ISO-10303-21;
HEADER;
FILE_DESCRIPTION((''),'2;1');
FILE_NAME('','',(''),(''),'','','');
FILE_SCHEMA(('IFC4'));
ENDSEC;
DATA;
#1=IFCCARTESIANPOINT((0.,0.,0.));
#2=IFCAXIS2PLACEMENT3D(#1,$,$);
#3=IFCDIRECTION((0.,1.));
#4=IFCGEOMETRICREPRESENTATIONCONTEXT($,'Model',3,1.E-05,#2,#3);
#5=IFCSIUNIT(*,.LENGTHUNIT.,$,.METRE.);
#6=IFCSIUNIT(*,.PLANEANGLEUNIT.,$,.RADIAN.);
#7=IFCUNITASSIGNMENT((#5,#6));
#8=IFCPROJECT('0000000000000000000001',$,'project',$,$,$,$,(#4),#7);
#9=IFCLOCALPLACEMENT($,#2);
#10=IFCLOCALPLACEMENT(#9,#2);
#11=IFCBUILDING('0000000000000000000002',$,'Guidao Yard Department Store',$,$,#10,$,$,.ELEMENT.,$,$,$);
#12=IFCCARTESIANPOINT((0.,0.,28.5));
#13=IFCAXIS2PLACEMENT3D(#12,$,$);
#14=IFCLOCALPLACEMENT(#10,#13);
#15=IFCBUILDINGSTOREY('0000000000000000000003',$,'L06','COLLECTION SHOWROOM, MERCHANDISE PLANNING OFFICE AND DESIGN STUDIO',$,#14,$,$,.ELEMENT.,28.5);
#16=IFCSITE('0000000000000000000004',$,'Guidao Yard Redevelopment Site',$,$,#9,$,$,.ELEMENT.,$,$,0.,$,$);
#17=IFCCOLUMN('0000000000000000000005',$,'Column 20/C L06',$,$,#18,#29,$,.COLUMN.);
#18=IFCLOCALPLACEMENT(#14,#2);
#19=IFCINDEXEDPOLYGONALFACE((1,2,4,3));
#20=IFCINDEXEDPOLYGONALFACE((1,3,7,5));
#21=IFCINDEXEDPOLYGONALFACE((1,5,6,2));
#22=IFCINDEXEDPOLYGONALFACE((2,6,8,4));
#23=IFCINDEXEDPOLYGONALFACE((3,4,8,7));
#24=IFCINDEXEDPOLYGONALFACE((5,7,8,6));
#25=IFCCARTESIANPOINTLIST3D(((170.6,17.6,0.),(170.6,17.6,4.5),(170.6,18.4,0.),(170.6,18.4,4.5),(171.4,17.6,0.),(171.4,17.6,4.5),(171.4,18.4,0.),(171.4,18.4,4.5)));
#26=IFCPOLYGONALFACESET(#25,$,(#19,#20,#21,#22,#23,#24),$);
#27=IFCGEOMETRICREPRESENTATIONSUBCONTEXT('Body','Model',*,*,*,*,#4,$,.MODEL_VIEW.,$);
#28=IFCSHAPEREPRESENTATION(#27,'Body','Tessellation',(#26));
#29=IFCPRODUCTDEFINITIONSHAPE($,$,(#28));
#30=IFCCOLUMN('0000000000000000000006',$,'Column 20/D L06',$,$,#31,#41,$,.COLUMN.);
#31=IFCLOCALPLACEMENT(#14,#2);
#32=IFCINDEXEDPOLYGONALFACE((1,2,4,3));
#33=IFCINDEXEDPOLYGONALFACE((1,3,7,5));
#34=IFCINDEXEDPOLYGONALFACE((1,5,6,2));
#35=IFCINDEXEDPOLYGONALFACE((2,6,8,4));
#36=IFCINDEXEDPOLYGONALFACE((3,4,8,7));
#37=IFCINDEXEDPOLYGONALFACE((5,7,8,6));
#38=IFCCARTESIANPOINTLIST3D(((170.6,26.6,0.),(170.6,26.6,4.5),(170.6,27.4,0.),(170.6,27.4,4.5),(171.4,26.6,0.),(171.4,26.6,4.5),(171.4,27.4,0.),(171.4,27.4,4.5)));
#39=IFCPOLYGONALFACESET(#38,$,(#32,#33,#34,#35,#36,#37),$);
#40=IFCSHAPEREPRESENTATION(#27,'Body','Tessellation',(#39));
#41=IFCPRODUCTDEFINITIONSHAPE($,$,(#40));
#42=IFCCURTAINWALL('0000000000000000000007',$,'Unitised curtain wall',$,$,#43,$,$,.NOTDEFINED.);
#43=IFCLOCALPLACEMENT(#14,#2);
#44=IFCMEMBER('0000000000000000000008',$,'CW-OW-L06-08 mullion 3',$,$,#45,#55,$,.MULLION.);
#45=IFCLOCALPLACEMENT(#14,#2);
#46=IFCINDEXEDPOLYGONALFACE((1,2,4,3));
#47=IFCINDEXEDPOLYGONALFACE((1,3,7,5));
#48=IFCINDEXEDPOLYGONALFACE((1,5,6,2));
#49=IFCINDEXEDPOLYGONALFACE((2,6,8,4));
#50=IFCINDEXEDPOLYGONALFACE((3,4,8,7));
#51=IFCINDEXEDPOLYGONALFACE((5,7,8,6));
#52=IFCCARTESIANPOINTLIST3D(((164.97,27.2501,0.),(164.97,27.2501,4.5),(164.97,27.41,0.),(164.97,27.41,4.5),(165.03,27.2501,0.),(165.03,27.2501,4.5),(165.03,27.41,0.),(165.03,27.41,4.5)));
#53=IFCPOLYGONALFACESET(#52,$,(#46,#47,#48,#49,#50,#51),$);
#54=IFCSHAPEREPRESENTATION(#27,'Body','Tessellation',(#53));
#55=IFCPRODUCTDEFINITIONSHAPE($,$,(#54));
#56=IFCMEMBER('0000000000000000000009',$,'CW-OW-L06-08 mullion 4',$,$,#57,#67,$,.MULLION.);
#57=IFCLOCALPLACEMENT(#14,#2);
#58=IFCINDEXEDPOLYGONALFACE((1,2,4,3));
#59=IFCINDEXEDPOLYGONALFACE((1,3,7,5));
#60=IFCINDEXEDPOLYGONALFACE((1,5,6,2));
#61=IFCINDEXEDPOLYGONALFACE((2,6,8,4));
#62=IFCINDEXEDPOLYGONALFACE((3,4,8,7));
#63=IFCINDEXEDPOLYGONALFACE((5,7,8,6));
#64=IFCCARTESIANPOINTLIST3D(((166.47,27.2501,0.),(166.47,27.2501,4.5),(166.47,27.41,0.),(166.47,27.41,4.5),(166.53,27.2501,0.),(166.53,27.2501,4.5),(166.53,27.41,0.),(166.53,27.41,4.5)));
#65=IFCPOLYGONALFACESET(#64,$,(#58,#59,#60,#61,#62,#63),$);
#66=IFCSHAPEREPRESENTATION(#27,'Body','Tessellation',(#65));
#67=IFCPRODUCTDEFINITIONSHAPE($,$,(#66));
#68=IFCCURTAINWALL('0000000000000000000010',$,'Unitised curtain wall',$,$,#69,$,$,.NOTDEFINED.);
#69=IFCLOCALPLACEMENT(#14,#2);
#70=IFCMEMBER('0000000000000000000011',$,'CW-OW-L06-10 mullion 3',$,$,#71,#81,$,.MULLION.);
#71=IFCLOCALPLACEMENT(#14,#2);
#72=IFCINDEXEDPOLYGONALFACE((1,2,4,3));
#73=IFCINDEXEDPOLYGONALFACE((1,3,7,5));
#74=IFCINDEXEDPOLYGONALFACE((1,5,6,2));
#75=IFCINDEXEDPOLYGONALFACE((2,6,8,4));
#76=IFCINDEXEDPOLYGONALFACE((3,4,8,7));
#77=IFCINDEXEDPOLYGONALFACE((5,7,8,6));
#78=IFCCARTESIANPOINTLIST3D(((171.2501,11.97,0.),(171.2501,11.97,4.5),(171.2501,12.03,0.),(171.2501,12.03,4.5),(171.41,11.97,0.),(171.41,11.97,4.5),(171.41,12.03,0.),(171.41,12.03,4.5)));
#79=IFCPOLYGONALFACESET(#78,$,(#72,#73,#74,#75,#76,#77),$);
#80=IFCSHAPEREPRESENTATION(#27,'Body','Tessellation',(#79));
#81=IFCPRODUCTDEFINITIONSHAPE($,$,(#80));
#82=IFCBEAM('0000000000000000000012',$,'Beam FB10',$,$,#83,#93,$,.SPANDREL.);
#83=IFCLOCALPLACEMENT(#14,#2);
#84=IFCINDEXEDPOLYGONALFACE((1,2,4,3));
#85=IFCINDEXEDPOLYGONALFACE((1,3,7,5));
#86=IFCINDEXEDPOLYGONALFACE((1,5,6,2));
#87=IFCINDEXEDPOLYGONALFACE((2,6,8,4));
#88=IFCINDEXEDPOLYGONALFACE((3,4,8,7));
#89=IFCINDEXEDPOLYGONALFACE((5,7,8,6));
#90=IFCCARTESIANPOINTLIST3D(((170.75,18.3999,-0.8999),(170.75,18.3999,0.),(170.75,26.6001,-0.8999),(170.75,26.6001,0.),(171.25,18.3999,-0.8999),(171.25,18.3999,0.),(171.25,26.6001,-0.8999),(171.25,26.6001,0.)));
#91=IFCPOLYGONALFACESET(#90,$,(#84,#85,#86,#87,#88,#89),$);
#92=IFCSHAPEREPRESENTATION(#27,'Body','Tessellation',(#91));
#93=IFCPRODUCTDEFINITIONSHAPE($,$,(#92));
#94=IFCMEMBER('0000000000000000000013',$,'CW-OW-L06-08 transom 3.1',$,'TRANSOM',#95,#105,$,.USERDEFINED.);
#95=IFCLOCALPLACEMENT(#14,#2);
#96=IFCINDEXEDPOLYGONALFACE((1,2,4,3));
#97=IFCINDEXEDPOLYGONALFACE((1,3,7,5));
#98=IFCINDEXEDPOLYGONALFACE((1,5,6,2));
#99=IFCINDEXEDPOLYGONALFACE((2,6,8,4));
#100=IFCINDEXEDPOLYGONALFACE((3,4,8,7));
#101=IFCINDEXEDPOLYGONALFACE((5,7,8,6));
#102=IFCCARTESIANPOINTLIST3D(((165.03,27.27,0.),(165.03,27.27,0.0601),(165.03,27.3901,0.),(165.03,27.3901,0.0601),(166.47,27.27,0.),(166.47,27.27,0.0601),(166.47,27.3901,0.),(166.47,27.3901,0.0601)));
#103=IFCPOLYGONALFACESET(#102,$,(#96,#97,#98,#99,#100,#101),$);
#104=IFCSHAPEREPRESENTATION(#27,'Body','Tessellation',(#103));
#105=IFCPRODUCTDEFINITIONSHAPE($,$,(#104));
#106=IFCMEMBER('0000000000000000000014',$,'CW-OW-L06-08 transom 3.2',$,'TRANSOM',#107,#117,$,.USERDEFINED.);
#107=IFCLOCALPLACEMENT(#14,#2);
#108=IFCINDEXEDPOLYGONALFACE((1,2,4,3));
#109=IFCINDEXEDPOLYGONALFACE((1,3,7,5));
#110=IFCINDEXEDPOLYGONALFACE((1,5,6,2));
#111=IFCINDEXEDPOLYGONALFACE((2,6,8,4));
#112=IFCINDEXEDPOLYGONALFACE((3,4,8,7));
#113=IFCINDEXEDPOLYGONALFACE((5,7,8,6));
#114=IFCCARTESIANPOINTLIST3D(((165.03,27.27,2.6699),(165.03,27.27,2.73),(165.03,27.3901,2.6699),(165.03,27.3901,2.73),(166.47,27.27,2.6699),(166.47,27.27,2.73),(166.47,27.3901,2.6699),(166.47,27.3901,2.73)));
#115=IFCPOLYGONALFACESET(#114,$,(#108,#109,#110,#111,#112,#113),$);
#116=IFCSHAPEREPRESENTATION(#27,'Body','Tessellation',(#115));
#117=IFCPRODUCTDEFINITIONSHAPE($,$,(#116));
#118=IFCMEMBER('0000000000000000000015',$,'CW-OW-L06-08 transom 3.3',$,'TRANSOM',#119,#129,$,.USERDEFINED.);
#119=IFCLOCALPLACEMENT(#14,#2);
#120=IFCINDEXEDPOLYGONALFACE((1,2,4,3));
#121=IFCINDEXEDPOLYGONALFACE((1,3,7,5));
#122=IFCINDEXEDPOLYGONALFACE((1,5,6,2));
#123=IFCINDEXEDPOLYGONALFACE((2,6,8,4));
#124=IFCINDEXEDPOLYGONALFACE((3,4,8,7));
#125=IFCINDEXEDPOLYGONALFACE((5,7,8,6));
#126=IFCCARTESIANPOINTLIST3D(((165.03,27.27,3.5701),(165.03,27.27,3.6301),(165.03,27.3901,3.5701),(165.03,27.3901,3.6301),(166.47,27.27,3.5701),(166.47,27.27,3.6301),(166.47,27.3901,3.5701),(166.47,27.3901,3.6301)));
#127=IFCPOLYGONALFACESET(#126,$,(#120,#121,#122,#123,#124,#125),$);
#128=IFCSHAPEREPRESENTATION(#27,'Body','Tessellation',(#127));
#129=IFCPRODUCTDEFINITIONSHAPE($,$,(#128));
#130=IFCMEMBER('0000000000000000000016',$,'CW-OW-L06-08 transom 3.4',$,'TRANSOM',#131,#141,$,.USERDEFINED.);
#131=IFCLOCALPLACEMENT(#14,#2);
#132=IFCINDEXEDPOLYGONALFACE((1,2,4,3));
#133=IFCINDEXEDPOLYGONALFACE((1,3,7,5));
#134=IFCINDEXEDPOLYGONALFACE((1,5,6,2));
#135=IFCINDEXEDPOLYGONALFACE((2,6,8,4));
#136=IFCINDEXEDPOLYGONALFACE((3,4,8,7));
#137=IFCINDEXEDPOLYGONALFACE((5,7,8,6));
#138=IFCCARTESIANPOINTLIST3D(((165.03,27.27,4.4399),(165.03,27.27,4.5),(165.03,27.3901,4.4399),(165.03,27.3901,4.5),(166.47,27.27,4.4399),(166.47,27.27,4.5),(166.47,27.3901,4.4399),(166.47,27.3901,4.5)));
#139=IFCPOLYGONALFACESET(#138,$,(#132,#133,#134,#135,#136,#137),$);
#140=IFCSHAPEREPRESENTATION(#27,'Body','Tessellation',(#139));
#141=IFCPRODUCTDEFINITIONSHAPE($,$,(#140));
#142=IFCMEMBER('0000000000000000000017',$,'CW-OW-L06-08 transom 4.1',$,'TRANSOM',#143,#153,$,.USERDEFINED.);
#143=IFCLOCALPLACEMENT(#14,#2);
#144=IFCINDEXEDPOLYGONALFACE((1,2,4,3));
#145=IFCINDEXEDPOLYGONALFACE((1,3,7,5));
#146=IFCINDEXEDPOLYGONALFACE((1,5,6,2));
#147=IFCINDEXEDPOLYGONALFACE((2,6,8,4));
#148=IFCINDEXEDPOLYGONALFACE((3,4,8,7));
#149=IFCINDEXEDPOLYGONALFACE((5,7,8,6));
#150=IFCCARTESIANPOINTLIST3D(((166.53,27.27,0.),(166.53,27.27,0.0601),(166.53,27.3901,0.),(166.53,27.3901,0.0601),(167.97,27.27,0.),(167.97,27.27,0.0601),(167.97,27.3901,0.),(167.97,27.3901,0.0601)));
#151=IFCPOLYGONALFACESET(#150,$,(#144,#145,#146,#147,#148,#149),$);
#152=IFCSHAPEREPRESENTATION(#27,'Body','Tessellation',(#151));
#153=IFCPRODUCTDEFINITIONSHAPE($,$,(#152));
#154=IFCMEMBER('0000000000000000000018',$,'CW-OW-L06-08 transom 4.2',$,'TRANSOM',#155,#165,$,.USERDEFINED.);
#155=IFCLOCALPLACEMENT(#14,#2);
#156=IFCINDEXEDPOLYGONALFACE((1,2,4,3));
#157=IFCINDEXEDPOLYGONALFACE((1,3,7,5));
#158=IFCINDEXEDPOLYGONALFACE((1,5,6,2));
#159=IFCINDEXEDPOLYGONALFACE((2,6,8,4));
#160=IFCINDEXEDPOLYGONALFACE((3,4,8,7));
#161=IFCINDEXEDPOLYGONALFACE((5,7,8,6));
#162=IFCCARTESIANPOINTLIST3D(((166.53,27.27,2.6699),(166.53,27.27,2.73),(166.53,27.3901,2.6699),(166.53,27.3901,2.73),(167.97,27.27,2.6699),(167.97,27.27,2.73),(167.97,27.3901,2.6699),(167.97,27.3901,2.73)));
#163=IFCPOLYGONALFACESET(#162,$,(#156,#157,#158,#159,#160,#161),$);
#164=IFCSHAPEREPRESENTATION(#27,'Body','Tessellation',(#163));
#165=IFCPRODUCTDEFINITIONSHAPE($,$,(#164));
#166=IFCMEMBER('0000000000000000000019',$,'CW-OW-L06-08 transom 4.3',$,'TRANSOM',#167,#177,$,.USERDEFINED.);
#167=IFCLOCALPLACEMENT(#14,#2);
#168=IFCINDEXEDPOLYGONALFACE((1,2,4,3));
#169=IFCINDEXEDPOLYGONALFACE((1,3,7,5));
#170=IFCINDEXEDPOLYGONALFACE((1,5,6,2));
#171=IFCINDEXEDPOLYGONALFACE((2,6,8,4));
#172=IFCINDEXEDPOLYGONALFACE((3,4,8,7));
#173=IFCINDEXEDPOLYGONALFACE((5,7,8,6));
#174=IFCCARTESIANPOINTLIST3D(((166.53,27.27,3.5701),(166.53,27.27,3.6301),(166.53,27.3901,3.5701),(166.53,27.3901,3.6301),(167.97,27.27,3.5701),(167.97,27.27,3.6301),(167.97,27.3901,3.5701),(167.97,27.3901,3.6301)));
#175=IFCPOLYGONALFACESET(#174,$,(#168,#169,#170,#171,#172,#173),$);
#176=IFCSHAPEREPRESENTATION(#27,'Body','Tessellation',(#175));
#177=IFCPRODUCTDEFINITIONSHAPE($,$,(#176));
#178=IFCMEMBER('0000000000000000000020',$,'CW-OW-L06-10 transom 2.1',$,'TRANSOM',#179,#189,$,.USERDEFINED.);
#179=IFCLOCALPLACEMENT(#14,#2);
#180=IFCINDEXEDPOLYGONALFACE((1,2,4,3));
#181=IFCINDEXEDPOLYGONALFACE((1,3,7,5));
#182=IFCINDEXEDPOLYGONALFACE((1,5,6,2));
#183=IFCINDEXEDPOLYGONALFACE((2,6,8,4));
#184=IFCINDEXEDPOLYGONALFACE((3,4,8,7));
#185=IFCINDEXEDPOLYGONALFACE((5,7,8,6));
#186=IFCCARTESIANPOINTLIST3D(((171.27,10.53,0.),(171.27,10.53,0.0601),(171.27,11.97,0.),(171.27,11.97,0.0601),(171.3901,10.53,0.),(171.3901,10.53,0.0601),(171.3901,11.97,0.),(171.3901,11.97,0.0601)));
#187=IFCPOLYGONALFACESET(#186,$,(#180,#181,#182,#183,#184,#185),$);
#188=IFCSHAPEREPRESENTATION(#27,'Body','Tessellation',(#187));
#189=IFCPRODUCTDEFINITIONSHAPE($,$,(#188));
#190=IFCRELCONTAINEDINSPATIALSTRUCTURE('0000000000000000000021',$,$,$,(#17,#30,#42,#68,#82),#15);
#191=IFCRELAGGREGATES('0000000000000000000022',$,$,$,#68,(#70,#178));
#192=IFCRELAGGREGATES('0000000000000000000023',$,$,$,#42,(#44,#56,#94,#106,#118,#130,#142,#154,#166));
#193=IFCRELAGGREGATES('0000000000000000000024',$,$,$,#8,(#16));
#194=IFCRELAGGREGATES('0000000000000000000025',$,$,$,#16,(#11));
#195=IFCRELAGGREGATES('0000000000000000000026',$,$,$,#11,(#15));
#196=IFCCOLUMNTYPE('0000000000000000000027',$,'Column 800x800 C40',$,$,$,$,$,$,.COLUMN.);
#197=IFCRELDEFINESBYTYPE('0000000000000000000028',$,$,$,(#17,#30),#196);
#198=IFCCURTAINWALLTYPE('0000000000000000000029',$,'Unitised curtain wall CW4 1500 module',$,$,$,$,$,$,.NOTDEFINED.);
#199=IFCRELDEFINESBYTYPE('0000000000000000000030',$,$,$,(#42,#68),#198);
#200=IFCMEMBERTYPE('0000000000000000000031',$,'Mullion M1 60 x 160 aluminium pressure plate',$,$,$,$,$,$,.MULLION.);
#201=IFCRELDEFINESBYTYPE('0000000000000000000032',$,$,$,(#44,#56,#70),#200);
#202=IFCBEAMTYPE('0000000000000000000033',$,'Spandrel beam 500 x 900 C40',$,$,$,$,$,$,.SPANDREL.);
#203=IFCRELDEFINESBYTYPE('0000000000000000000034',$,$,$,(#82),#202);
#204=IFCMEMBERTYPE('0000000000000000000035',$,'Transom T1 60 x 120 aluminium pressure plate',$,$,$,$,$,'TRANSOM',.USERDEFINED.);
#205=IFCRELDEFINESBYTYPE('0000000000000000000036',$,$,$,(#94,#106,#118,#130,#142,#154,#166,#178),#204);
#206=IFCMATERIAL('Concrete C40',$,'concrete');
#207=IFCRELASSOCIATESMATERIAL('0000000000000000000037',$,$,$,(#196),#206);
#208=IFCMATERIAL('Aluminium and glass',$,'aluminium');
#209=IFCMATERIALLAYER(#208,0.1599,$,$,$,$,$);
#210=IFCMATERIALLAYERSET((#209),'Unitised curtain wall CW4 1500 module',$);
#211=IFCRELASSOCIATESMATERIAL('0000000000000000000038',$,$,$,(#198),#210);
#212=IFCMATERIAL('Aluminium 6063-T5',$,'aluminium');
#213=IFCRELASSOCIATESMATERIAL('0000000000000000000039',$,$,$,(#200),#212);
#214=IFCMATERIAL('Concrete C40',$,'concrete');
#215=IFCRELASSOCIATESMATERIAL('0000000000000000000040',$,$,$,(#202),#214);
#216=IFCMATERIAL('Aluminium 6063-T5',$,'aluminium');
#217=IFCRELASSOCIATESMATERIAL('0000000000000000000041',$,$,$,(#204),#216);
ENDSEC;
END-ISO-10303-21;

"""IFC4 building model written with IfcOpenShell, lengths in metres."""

from ifc_helpers import new_model, si_unit, direction, frame, origin, origin_2d, place, context, subcontext, project, spatial, rectangle, extrude, material, layer, layer_set, material_profile, profile_set, type_object, element, aggregate, save


model = new_model("IFC4")

# Units and contexts
model_context = context("Model", 3, precision=1e-05, world=origin(), true_north=direction((0.0, 1.0)))
body_context = subcontext(model_context, "Body", "Model", "MODEL_VIEW")
ifc_project = project(units=[si_unit("LENGTHUNIT", "METRE"), si_unit("PLANEANGLEUNIT", "RADIAN")], contexts=[model_context])

# Site, building, storey
site_placement = place(None, origin())
site = spatial("IfcSite", under=ifc_project, at=site_placement, Name="Guidao Yard Redevelopment Site", CompositionType="ELEMENT", RefElevation=0.0)
building_placement = place(site_placement, origin())
building = spatial("IfcBuilding", under=site, at=building_placement, Name="Guidao Yard Department Store", CompositionType="ELEMENT")
storey_placement = place(building_placement, frame((0.0, 0.0, 28.5)))
storey = spatial("IfcBuildingStorey", under=building, at=storey_placement, Name="L06", Description="COLLECTION SHOWROOM, MERCHANDISE PLANNING OFFICE AND DESIGN STUDIO", CompositionType="ELEMENT", Elevation=28.5)

# Columns
ifc_material_1 = material(Name="Concrete C40", Category="concrete")
ifc_material_profile_1 = material_profile(ifc_material_1, rectangle(XDim=0.8, YDim=0.8, at=origin_2d()), Name="COL 800x800")
ifc_profile_set_1 = profile_set([ifc_material_profile_1], Name="Concrete C40")
column_type = type_object("IfcColumnType", Name="Column 800x800 C40", PredefinedType="COLUMN", material=ifc_profile_set_1)
for number, where, z_axis, x_axis, name in (
    (1, (171.0, 18.0, 0.0), (0.0, 0.0, 1.0), (1.0, 0.0, 0.0), "Column 20/C L06"),
    (2, (171.0, 27.0, 0.0), (0.0, 0.0, 1.0), (1.0, 0.0, 0.0), "Column 20/D L06"),
):
    element("IfcColumn", number, at=place(storey_placement, frame(where, z_axis=z_axis, x_axis=x_axis)), inside=storey, type_object=column_type, Name=name, PredefinedType="COLUMN", context=body_context, shape_type="SweptSolid", body=[
        extrude(rectangle(XDim=0.8, YDim=0.8, at=origin_2d()), origin(), (0.0, 0.0, 1.0), 4.5),
    ])

# Curtain wall, members
ifc_material_2 = material(Name="Aluminium and glass", Category="aluminium")
ifc_layer_1 = layer(ifc_material_2, 0.1599)
ifc_layer_set_1 = layer_set([ifc_layer_1], Name="Unitised curtain wall CW4 1500 module")
curtain_wall_type = type_object("IfcCurtainWallType", Name="Unitised curtain wall CW4 1500 module", PredefinedType="NOTDEFINED", material=ifc_layer_set_1)
curtain_wall_1_placement = place(storey_placement, origin())
curtain_wall_1 = element("IfcCurtainWall", 3, at=curtain_wall_1_placement, inside=storey, type_object=curtain_wall_type, Name="Unitised curtain wall", PredefinedType="NOTDEFINED")
ifc_material_3 = material(Name="Aluminium 6063-T5", Category="aluminium")
ifc_material_profile_2 = material_profile(ifc_material_3, rectangle(XDim=0.0601, YDim=0.1599, at=origin_2d()), Name="Mullion M1 60 x 160 aluminium pressure plate")
ifc_profile_set_2 = profile_set([ifc_material_profile_2], Name="Aluminium 6063-T5")
member_type_1 = type_object("IfcMemberType", Name="Mullion M1 60 x 160 aluminium pressure plate", PredefinedType="MULLION", material=ifc_profile_set_2)
member_1_placement = place(storey_placement, frame((165.0, 27.3301, 0.0), z_axis=(0.0, 0.0, 1.0), x_axis=(1.0, 0.0, 0.0)))
member_1 = element("IfcMember", 4, at=member_1_placement, type_object=member_type_1, Name="CW-OW-L06-08 mullion 3", PredefinedType="MULLION", context=body_context, shape_type="SweptSolid", body=[
    extrude(rectangle(XDim=0.0601, YDim=0.1599, at=origin_2d()), origin(), (0.0, 0.0, 1.0), 4.5),
])
member_2_placement = place(storey_placement, frame((166.5, 27.3301, 0.0), z_axis=(0.0, 0.0, 1.0), x_axis=(1.0, 0.0, 0.0)))
member_2 = element("IfcMember", 5, at=member_2_placement, type_object=member_type_1, Name="CW-OW-L06-08 mullion 4", PredefinedType="MULLION", context=body_context, shape_type="SweptSolid", body=[
    extrude(rectangle(XDim=0.0601, YDim=0.1599, at=origin_2d()), origin(), (0.0, 0.0, 1.0), 4.5),
])

# Curtain wall, member
curtain_wall_2_placement = place(storey_placement, origin())
curtain_wall_2 = element("IfcCurtainWall", 6, at=curtain_wall_2_placement, inside=storey, type_object=curtain_wall_type, Name="Unitised curtain wall", PredefinedType="NOTDEFINED")
member_3_placement = place(storey_placement, frame((171.3301, 12.0, 0.0), z_axis=(0.0, 0.0, 1.0), x_axis=(0.0, -1.0, 0.0)))
member_3 = element("IfcMember", 7, at=member_3_placement, type_object=member_type_1, Name="CW-OW-L06-10 mullion 3", PredefinedType="MULLION", context=body_context, shape_type="SweptSolid", body=[
    extrude(rectangle(XDim=0.0601, YDim=0.1599, at=origin_2d()), origin(), (0.0, 0.0, 1.0), 4.5),
])

# Beam
ifc_material_4 = material(Name="Concrete C40", Category="concrete")
ifc_material_profile_3 = material_profile(ifc_material_4, rectangle(XDim=0.5, YDim=0.8999, at=origin_2d()), Name="Spandrel beam 500 x 900 C40")
ifc_profile_set_3 = profile_set([ifc_material_profile_3], Name="Concrete C40")
beam_type = type_object("IfcBeamType", Name="Spandrel beam 500 x 900 C40", PredefinedType="SPANDREL", material=ifc_profile_set_3)
beam_placement = place(storey_placement, frame((171.0, 18.3999, -0.45), z_axis=(0.0, 1.0, 0.0), x_axis=(-1.0, 0.0, 0.0)))
element("IfcBeam", 8, at=beam_placement, inside=storey, type_object=beam_type, Name="Beam FB10", PredefinedType="SPANDREL", context=body_context, shape_type="SweptSolid", body=[
    extrude(rectangle(XDim=0.5, YDim=0.8999, at=origin_2d()), origin(), (0.0, 0.0, 1.0), 8.2002),
])

# Members
ifc_material_5 = material(Name="Aluminium 6063-T5", Category="aluminium")
ifc_material_profile_4 = material_profile(ifc_material_5, rectangle(XDim=0.1201, YDim=0.0601, at=origin_2d()), Name="Transom T1 60 x 120 aluminium pressure plate")
ifc_profile_set_4 = profile_set([ifc_material_profile_4], Name="Aluminium 6063-T5")
member_type_2 = type_object("IfcMemberType", Name="Transom T1 60 x 120 aluminium pressure plate", ElementType="TRANSOM", PredefinedType="USERDEFINED", material=ifc_profile_set_4)
member_4_placement = place(storey_placement, frame((165.03, 27.3301, 0.03), z_axis=(1.0, 0.0, 0.0), x_axis=(0.0, 1.0, 0.0)))
member_4 = element("IfcMember", 9, at=member_4_placement, type_object=member_type_2, Name="CW-OW-L06-08 transom 3.1", ObjectType="TRANSOM", PredefinedType="USERDEFINED", context=body_context, shape_type="SweptSolid", body=[
    extrude(rectangle(XDim=0.1201, YDim=0.0601, at=origin_2d()), origin(), (0.0, 0.0, 1.0), 1.4399),
])
member_5_placement = place(storey_placement, frame((165.03, 27.3301, 2.7), z_axis=(1.0, 0.0, 0.0), x_axis=(0.0, 1.0, 0.0)))
member_5 = element("IfcMember", 10, at=member_5_placement, type_object=member_type_2, Name="CW-OW-L06-08 transom 3.2", ObjectType="TRANSOM", PredefinedType="USERDEFINED", context=body_context, shape_type="SweptSolid", body=[
    extrude(rectangle(XDim=0.1201, YDim=0.0601, at=origin_2d()), origin(), (0.0, 0.0, 1.0), 1.4399),
])
member_6_placement = place(storey_placement, frame((165.03, 27.3301, 3.6001), z_axis=(1.0, 0.0, 0.0), x_axis=(0.0, 1.0, 0.0)))
member_6 = element("IfcMember", 11, at=member_6_placement, type_object=member_type_2, Name="CW-OW-L06-08 transom 3.3", ObjectType="TRANSOM", PredefinedType="USERDEFINED", context=body_context, shape_type="SweptSolid", body=[
    extrude(rectangle(XDim=0.1201, YDim=0.0601, at=origin_2d()), origin(), (0.0, 0.0, 1.0), 1.4399),
])
member_7_placement = place(storey_placement, frame((165.03, 27.3301, 4.47), z_axis=(1.0, 0.0, 0.0), x_axis=(0.0, 1.0, 0.0)))
member_7 = element("IfcMember", 12, at=member_7_placement, type_object=member_type_2, Name="CW-OW-L06-08 transom 3.4", ObjectType="TRANSOM", PredefinedType="USERDEFINED", context=body_context, shape_type="SweptSolid", body=[
    extrude(rectangle(XDim=0.1201, YDim=0.0601, at=origin_2d()), origin(), (0.0, 0.0, 1.0), 1.4399),
])
member_8_placement = place(storey_placement, frame((166.53, 27.3301, 0.03), z_axis=(1.0, 0.0, 0.0), x_axis=(0.0, 1.0, 0.0)))
member_8 = element("IfcMember", 13, at=member_8_placement, type_object=member_type_2, Name="CW-OW-L06-08 transom 4.1", ObjectType="TRANSOM", PredefinedType="USERDEFINED", context=body_context, shape_type="SweptSolid", body=[
    extrude(rectangle(XDim=0.1201, YDim=0.0601, at=origin_2d()), origin(), (0.0, 0.0, 1.0), 1.4399),
])
member_9_placement = place(storey_placement, frame((166.53, 27.3301, 2.7), z_axis=(1.0, 0.0, 0.0), x_axis=(0.0, 1.0, 0.0)))
member_9 = element("IfcMember", 14, at=member_9_placement, type_object=member_type_2, Name="CW-OW-L06-08 transom 4.2", ObjectType="TRANSOM", PredefinedType="USERDEFINED", context=body_context, shape_type="SweptSolid", body=[
    extrude(rectangle(XDim=0.1201, YDim=0.0601, at=origin_2d()), origin(), (0.0, 0.0, 1.0), 1.4399),
])
member_10_placement = place(storey_placement, frame((166.53, 27.3301, 3.6001), z_axis=(1.0, 0.0, 0.0), x_axis=(0.0, 1.0, 0.0)))
member_10 = element("IfcMember", 15, at=member_10_placement, type_object=member_type_2, Name="CW-OW-L06-08 transom 4.3", ObjectType="TRANSOM", PredefinedType="USERDEFINED", context=body_context, shape_type="SweptSolid", body=[
    extrude(rectangle(XDim=0.1201, YDim=0.0601, at=origin_2d()), origin(), (0.0, 0.0, 1.0), 1.4399),
])
member_11_placement = place(storey_placement, frame((171.3301, 11.97, 0.03), z_axis=(0.0, -1.0, 0.0), x_axis=(1.0, 0.0, 0.0)))
member_11 = element("IfcMember", 16, at=member_11_placement, type_object=member_type_2, Name="CW-OW-L06-10 transom 2.1", ObjectType="TRANSOM", PredefinedType="USERDEFINED", context=body_context, shape_type="SweptSolid", body=[
    extrude(rectangle(XDim=0.1201, YDim=0.0601, at=origin_2d()), origin(), (0.0, 0.0, 1.0), 1.4399),
])

aggregate(curtain_wall_2, [member_3, member_11])
aggregate(curtain_wall_1, [member_1, member_2, member_4, member_5, member_6, member_7, member_8, member_9, member_10])

save(model, "model.ifc")
